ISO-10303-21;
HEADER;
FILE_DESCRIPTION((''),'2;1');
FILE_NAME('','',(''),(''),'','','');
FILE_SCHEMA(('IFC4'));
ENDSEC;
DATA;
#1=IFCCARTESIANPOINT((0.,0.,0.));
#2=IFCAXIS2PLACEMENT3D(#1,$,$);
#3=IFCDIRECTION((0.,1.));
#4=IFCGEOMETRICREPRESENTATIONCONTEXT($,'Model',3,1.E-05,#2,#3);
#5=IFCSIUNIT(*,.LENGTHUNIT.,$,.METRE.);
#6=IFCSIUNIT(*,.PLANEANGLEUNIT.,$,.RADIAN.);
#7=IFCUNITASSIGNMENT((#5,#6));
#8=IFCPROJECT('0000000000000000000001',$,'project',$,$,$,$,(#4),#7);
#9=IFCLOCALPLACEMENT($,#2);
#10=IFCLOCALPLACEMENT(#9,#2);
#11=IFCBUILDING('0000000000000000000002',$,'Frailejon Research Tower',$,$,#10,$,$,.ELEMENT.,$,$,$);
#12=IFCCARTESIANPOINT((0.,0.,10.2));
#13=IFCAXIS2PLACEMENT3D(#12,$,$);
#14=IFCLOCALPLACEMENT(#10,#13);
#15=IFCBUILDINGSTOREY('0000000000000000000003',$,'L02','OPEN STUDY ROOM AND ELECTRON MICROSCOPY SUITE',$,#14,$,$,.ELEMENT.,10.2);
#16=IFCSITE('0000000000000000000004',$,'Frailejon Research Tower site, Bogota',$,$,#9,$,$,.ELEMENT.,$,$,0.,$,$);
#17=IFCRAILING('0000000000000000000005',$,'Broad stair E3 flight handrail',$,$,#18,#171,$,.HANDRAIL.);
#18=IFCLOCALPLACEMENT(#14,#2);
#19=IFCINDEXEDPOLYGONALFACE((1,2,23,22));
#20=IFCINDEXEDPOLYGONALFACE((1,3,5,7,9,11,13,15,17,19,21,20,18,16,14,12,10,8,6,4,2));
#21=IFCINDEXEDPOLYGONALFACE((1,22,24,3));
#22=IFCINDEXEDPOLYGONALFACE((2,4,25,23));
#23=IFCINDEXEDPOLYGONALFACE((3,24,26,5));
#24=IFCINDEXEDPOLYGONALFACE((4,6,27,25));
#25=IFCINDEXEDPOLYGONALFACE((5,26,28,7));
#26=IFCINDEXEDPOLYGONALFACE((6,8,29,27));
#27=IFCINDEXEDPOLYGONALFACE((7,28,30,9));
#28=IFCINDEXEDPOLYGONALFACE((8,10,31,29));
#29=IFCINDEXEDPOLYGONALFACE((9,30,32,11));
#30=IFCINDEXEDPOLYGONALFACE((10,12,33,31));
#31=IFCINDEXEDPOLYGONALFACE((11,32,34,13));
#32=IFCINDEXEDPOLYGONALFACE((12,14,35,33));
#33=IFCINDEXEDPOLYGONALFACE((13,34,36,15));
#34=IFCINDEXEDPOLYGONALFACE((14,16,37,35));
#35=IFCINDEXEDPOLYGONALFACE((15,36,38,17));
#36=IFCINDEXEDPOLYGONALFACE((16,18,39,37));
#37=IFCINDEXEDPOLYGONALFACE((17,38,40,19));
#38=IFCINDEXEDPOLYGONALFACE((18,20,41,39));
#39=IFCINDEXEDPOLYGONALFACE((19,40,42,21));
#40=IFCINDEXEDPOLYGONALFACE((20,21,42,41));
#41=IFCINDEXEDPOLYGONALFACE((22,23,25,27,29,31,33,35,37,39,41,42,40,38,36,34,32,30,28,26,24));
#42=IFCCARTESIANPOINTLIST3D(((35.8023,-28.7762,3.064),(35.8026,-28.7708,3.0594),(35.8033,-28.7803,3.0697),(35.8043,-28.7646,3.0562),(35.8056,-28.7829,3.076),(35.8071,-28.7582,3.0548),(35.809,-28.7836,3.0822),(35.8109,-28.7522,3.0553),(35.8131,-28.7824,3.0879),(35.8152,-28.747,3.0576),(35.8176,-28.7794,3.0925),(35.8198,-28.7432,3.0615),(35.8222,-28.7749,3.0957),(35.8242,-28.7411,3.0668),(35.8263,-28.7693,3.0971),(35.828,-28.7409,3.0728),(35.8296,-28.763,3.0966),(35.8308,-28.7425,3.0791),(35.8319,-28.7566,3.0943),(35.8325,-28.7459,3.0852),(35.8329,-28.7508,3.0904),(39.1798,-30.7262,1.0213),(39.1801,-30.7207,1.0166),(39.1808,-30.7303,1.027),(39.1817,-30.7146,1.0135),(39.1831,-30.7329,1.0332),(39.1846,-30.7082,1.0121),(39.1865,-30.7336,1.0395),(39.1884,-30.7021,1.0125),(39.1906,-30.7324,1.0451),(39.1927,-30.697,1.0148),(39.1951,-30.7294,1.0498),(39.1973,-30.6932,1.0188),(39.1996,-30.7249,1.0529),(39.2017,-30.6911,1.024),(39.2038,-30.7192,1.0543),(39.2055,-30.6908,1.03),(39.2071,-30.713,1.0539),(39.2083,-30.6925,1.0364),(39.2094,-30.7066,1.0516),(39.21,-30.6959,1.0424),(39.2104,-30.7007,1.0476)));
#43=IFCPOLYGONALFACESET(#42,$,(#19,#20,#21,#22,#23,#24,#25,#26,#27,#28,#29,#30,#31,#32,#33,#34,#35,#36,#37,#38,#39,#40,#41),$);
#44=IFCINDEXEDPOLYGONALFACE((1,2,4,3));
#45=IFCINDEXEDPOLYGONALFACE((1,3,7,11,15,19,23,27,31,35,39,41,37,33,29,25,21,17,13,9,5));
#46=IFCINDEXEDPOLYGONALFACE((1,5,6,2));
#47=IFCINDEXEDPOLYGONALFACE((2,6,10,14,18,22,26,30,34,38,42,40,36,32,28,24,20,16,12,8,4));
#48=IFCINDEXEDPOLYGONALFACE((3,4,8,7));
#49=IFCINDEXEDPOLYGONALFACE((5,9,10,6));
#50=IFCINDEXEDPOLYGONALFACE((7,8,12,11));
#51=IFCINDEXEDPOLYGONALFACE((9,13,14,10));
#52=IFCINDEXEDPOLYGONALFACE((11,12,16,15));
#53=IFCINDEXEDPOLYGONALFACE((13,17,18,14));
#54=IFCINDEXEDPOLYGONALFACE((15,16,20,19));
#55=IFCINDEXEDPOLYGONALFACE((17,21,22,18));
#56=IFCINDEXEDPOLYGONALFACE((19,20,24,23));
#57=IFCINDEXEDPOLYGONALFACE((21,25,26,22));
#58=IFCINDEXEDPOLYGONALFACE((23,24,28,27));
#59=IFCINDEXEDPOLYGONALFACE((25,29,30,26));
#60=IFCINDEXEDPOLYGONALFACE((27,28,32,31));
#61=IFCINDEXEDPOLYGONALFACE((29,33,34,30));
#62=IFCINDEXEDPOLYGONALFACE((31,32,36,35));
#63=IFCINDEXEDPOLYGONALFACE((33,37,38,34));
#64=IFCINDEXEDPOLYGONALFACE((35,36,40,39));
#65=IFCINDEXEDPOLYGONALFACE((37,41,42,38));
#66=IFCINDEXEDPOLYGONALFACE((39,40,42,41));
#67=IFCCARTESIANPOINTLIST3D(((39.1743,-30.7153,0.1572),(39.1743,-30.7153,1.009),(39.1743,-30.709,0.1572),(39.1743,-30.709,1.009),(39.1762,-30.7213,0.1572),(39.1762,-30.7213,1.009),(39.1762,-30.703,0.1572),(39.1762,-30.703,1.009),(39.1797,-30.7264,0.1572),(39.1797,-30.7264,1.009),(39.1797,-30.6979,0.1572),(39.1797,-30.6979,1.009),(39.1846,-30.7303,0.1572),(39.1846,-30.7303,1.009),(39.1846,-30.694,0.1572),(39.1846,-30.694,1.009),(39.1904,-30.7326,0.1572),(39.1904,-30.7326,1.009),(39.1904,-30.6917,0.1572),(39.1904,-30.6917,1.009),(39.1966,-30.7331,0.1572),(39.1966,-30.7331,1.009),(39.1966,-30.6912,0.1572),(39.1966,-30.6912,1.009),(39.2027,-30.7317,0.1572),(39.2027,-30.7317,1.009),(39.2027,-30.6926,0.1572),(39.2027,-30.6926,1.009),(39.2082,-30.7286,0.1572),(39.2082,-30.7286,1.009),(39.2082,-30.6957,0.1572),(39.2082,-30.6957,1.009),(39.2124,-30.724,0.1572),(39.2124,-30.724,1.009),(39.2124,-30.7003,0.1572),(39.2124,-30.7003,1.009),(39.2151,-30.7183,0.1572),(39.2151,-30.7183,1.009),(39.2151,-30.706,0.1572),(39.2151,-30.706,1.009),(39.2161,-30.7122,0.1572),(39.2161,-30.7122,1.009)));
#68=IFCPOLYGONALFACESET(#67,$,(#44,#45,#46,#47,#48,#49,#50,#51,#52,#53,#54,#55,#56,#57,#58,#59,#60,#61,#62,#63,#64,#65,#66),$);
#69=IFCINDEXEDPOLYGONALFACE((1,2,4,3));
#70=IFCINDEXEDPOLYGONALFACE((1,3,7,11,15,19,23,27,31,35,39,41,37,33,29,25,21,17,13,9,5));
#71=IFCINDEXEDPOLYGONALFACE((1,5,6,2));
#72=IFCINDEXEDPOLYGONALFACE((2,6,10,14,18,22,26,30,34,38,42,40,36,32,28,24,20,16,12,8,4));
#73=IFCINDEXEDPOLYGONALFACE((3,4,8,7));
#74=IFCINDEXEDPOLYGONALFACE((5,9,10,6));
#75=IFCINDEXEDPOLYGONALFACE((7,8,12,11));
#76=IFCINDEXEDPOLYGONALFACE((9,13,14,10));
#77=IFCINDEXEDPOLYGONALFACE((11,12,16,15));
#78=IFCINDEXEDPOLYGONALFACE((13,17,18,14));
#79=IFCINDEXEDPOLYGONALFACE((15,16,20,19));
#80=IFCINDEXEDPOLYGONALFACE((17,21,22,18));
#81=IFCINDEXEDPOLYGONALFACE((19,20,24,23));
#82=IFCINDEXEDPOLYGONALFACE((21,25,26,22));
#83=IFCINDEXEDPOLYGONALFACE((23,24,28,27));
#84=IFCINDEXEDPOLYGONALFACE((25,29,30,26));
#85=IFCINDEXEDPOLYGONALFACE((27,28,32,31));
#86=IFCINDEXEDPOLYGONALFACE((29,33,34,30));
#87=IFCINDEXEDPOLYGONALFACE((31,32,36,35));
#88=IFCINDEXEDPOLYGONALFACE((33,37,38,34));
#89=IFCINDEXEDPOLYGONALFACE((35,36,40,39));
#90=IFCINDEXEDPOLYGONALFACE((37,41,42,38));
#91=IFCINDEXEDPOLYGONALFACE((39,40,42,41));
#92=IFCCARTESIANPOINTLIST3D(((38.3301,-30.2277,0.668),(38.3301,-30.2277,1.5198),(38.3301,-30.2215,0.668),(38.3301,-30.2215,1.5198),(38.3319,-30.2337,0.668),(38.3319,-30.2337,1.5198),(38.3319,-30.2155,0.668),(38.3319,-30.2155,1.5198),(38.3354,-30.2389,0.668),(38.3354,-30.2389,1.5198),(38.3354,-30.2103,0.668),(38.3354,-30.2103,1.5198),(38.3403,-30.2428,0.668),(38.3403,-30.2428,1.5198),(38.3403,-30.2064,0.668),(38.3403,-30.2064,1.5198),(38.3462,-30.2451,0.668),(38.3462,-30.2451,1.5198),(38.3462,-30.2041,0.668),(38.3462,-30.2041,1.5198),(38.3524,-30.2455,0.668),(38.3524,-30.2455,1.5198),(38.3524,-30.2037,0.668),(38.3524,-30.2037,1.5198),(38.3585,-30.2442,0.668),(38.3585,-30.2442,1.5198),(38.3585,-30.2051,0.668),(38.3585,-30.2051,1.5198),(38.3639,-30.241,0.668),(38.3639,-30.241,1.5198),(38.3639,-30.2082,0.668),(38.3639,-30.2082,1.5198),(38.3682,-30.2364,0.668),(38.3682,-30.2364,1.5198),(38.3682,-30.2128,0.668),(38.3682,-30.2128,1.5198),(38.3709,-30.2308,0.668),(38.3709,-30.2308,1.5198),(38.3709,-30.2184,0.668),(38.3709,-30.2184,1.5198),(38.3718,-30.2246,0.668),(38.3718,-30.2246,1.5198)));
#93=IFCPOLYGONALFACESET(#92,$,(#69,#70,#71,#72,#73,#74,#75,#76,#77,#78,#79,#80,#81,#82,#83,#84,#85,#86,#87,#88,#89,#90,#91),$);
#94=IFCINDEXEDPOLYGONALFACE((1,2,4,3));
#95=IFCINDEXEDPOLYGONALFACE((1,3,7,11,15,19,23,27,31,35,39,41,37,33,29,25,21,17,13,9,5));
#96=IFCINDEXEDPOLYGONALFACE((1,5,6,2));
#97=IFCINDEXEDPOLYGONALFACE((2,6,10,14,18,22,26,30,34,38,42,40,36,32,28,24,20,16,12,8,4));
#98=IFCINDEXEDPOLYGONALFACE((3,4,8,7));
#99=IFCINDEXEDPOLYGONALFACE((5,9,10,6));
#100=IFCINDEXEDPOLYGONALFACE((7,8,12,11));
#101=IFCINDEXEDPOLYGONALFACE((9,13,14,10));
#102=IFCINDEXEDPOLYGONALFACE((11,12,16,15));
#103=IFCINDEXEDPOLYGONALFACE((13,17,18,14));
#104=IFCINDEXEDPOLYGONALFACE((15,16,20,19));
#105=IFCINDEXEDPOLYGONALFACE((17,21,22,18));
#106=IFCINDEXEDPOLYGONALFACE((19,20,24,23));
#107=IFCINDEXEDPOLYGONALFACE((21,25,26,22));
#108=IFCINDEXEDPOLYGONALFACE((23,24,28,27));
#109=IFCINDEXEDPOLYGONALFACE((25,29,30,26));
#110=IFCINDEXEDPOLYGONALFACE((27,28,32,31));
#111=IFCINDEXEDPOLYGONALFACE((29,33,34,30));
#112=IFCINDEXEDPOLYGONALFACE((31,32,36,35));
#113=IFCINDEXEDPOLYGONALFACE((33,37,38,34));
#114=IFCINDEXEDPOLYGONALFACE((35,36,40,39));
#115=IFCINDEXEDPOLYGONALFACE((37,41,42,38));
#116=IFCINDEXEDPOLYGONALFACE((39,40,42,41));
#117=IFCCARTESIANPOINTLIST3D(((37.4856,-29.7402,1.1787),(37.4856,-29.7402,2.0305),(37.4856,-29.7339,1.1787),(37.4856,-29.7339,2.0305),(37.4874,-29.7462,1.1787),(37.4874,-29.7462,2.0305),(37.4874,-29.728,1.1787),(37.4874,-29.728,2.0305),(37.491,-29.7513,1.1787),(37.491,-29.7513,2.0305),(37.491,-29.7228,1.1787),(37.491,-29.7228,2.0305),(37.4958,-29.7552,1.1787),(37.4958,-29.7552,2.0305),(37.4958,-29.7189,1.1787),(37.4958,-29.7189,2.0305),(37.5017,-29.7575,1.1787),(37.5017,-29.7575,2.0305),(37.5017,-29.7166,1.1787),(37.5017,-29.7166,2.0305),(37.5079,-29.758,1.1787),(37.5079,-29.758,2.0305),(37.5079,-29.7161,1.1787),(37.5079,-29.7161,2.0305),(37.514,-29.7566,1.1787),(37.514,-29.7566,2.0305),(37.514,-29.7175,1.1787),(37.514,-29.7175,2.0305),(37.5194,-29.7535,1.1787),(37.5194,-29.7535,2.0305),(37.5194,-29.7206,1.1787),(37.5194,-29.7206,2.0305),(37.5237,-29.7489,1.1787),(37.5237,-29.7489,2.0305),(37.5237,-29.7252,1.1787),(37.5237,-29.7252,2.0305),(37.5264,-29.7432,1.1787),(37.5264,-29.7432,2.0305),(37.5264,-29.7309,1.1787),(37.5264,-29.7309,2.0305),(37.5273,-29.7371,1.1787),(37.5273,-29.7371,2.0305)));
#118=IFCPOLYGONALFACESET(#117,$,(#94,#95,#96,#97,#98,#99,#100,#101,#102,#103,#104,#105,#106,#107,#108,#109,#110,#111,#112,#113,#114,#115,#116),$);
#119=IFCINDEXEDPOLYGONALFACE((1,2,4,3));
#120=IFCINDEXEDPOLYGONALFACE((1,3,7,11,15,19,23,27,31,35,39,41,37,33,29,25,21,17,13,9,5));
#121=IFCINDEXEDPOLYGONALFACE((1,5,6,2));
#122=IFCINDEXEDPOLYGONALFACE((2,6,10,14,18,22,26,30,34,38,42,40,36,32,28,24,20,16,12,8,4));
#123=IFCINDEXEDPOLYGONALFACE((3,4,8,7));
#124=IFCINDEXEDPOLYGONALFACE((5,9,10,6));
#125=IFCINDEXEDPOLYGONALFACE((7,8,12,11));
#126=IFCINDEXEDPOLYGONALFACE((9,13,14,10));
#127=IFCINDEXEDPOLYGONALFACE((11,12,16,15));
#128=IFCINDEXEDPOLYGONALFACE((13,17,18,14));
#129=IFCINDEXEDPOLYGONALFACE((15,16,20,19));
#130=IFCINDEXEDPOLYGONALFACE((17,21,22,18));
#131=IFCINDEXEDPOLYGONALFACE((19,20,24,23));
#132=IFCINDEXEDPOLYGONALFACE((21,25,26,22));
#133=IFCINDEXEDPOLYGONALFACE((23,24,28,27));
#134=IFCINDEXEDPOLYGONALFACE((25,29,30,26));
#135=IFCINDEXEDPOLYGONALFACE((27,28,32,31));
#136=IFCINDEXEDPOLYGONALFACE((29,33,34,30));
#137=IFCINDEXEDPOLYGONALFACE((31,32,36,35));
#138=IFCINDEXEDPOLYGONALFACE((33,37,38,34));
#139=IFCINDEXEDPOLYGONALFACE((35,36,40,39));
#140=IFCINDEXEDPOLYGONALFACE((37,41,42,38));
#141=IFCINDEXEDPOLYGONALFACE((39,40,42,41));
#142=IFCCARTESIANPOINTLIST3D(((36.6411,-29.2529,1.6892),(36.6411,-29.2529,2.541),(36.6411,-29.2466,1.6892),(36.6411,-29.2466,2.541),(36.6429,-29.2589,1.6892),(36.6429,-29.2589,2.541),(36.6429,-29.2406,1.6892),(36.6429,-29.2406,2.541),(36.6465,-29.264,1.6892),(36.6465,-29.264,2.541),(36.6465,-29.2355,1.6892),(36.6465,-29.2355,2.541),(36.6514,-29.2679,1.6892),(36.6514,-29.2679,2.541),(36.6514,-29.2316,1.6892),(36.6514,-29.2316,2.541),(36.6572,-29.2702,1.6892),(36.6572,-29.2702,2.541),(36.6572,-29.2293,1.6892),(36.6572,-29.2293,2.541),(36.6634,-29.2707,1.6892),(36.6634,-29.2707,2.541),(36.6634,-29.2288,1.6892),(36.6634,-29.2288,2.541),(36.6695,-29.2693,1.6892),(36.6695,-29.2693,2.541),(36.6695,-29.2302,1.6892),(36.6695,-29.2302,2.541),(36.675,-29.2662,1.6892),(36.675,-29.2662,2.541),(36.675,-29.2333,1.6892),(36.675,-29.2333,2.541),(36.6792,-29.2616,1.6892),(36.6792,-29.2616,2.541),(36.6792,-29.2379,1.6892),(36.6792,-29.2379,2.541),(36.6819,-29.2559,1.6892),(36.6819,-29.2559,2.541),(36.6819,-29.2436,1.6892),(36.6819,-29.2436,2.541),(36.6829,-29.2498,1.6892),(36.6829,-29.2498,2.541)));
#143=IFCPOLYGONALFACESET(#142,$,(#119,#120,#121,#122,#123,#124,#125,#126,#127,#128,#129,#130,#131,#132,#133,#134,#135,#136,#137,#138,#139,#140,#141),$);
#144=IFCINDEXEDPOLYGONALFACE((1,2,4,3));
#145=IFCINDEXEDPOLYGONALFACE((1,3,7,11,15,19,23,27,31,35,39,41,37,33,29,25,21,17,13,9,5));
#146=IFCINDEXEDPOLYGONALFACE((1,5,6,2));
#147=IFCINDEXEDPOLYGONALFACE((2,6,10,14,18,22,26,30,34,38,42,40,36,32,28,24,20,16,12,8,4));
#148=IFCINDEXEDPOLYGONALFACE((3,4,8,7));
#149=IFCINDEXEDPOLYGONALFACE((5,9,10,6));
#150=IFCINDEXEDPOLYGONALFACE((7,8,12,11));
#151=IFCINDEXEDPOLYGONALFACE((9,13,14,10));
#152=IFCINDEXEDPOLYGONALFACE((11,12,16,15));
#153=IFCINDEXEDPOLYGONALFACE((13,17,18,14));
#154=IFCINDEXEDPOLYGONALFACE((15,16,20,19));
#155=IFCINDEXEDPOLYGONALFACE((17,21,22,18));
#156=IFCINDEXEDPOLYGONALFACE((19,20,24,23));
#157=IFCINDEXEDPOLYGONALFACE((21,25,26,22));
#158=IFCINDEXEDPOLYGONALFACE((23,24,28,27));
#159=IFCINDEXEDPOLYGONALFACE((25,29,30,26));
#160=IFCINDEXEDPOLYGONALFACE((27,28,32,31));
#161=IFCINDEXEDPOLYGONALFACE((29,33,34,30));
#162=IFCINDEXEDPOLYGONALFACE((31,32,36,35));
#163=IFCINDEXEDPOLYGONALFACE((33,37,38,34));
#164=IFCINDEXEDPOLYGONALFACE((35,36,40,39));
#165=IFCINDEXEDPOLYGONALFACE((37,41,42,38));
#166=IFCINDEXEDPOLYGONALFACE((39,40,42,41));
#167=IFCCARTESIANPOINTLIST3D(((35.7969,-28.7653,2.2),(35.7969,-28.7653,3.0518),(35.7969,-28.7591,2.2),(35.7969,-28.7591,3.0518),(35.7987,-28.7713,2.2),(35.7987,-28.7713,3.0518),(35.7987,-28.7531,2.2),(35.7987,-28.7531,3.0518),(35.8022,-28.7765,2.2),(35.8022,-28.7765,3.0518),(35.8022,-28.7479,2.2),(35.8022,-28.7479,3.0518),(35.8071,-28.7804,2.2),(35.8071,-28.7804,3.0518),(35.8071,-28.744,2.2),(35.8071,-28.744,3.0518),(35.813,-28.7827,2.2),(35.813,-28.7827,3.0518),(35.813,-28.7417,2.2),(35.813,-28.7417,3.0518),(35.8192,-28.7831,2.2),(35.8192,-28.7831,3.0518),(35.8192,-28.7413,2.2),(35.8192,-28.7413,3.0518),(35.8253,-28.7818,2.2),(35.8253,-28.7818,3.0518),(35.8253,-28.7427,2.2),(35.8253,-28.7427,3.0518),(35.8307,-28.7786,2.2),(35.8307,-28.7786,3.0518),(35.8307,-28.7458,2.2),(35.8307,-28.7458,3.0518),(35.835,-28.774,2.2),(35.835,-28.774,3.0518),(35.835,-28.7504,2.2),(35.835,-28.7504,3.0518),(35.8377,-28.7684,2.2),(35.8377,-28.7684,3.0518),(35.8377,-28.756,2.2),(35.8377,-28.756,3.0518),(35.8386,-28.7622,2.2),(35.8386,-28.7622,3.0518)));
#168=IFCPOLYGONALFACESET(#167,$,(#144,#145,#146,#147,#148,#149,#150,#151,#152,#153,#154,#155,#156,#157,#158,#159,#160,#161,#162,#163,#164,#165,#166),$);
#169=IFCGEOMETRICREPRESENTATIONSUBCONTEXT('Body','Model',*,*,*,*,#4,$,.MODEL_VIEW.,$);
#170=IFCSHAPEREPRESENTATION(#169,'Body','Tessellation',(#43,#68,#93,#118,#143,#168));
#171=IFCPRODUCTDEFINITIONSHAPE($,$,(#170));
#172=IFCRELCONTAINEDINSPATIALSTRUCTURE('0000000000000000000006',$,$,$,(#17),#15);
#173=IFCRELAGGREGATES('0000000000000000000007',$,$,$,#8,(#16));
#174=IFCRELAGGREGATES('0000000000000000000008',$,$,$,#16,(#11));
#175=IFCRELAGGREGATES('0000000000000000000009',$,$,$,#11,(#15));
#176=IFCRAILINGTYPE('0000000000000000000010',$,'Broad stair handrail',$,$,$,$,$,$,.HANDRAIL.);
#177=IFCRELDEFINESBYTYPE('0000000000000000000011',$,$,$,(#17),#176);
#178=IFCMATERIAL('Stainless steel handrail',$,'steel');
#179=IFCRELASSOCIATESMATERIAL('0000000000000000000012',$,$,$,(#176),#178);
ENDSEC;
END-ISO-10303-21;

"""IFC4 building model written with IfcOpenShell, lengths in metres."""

from ifc_helpers import new_model, si_unit, direction, frame, origin, origin_2d, place, context, subcontext, project, spatial, circle, extrude, material, type_object, element, save


model = new_model("IFC4")

# Units and contexts
model_context = context("Model", 3, precision=1e-05, world=origin(), true_north=direction((0.0, 1.0)))
body_context = subcontext(model_context, "Body", "Model", "MODEL_VIEW")
ifc_project = project(units=[si_unit("LENGTHUNIT", "METRE"), si_unit("PLANEANGLEUNIT", "RADIAN")], contexts=[model_context])

# Site, building, storey
site_placement = place(None, origin())
site = spatial("IfcSite", under=ifc_project, at=site_placement, Name="Frailejon Research Tower site, Bogota", CompositionType="ELEMENT", RefElevation=0.0)
building_placement = place(site_placement, origin())
building = spatial("IfcBuilding", under=site, at=building_placement, Name="Frailejon Research Tower", CompositionType="ELEMENT")
storey_placement = place(building_placement, frame((0.0, 0.0, 10.2)))
storey = spatial("IfcBuildingStorey", under=building, at=storey_placement, Name="L02", Description="OPEN STUDY ROOM AND ELECTRON MICROSCOPY SUITE", CompositionType="ELEMENT", Elevation=10.2)

# Railing
ifc_material_1 = material(Name="Stainless steel handrail", Category="steel")
railing_type_1 = type_object("IfcRailingType", Name="Broad stair handrail", PredefinedType="HANDRAIL", material=ifc_material_1)
for number, where, name in (
    (1, (39.1951, -30.7122, 0.1572), "Broad stair E3 flight handrail"),
):
    element("IfcRailing", number, at=place(storey_placement, frame(where)), inside=storey, type_object=railing_type_1, Name=name, PredefinedType="HANDRAIL", context=body_context, shape_type="SweptSolid", body=[
        extrude(circle(Radius=0.0239, at=origin_2d()), frame((0.0, 0.0, 0.876), z_axis=(-0.767162, 0.442917, 0.46399), x_axis=(-0.499997, -0.866027, 0.0)), (0.0, 0.0, 1.0), 4.4026),
        extrude(circle(Radius=0.021, at=origin_2d()), origin(), (0.0, 0.0, 1.0), 0.8518),
        extrude(circle(Radius=0.021, at=origin_2d()), frame((-0.8442, 0.4875, 0.5107)), (0.0, 0.0, 1.0), 0.8518),
        extrude(circle(Radius=0.021, at=origin_2d()), frame((-1.6887, 0.9751, 1.0215)), (0.0, 0.0, 1.0), 0.8518),
        extrude(circle(Radius=0.021, at=origin_2d()), frame((-2.5332, 1.4624, 1.532)), (0.0, 0.0, 1.0), 0.8518),
        extrude(circle(Radius=0.021, at=origin_2d()), frame((-3.3774, 1.95, 2.0427)), (0.0, 0.0, 1.0), 0.8518),
    ])

save(model, "model.ifc")
